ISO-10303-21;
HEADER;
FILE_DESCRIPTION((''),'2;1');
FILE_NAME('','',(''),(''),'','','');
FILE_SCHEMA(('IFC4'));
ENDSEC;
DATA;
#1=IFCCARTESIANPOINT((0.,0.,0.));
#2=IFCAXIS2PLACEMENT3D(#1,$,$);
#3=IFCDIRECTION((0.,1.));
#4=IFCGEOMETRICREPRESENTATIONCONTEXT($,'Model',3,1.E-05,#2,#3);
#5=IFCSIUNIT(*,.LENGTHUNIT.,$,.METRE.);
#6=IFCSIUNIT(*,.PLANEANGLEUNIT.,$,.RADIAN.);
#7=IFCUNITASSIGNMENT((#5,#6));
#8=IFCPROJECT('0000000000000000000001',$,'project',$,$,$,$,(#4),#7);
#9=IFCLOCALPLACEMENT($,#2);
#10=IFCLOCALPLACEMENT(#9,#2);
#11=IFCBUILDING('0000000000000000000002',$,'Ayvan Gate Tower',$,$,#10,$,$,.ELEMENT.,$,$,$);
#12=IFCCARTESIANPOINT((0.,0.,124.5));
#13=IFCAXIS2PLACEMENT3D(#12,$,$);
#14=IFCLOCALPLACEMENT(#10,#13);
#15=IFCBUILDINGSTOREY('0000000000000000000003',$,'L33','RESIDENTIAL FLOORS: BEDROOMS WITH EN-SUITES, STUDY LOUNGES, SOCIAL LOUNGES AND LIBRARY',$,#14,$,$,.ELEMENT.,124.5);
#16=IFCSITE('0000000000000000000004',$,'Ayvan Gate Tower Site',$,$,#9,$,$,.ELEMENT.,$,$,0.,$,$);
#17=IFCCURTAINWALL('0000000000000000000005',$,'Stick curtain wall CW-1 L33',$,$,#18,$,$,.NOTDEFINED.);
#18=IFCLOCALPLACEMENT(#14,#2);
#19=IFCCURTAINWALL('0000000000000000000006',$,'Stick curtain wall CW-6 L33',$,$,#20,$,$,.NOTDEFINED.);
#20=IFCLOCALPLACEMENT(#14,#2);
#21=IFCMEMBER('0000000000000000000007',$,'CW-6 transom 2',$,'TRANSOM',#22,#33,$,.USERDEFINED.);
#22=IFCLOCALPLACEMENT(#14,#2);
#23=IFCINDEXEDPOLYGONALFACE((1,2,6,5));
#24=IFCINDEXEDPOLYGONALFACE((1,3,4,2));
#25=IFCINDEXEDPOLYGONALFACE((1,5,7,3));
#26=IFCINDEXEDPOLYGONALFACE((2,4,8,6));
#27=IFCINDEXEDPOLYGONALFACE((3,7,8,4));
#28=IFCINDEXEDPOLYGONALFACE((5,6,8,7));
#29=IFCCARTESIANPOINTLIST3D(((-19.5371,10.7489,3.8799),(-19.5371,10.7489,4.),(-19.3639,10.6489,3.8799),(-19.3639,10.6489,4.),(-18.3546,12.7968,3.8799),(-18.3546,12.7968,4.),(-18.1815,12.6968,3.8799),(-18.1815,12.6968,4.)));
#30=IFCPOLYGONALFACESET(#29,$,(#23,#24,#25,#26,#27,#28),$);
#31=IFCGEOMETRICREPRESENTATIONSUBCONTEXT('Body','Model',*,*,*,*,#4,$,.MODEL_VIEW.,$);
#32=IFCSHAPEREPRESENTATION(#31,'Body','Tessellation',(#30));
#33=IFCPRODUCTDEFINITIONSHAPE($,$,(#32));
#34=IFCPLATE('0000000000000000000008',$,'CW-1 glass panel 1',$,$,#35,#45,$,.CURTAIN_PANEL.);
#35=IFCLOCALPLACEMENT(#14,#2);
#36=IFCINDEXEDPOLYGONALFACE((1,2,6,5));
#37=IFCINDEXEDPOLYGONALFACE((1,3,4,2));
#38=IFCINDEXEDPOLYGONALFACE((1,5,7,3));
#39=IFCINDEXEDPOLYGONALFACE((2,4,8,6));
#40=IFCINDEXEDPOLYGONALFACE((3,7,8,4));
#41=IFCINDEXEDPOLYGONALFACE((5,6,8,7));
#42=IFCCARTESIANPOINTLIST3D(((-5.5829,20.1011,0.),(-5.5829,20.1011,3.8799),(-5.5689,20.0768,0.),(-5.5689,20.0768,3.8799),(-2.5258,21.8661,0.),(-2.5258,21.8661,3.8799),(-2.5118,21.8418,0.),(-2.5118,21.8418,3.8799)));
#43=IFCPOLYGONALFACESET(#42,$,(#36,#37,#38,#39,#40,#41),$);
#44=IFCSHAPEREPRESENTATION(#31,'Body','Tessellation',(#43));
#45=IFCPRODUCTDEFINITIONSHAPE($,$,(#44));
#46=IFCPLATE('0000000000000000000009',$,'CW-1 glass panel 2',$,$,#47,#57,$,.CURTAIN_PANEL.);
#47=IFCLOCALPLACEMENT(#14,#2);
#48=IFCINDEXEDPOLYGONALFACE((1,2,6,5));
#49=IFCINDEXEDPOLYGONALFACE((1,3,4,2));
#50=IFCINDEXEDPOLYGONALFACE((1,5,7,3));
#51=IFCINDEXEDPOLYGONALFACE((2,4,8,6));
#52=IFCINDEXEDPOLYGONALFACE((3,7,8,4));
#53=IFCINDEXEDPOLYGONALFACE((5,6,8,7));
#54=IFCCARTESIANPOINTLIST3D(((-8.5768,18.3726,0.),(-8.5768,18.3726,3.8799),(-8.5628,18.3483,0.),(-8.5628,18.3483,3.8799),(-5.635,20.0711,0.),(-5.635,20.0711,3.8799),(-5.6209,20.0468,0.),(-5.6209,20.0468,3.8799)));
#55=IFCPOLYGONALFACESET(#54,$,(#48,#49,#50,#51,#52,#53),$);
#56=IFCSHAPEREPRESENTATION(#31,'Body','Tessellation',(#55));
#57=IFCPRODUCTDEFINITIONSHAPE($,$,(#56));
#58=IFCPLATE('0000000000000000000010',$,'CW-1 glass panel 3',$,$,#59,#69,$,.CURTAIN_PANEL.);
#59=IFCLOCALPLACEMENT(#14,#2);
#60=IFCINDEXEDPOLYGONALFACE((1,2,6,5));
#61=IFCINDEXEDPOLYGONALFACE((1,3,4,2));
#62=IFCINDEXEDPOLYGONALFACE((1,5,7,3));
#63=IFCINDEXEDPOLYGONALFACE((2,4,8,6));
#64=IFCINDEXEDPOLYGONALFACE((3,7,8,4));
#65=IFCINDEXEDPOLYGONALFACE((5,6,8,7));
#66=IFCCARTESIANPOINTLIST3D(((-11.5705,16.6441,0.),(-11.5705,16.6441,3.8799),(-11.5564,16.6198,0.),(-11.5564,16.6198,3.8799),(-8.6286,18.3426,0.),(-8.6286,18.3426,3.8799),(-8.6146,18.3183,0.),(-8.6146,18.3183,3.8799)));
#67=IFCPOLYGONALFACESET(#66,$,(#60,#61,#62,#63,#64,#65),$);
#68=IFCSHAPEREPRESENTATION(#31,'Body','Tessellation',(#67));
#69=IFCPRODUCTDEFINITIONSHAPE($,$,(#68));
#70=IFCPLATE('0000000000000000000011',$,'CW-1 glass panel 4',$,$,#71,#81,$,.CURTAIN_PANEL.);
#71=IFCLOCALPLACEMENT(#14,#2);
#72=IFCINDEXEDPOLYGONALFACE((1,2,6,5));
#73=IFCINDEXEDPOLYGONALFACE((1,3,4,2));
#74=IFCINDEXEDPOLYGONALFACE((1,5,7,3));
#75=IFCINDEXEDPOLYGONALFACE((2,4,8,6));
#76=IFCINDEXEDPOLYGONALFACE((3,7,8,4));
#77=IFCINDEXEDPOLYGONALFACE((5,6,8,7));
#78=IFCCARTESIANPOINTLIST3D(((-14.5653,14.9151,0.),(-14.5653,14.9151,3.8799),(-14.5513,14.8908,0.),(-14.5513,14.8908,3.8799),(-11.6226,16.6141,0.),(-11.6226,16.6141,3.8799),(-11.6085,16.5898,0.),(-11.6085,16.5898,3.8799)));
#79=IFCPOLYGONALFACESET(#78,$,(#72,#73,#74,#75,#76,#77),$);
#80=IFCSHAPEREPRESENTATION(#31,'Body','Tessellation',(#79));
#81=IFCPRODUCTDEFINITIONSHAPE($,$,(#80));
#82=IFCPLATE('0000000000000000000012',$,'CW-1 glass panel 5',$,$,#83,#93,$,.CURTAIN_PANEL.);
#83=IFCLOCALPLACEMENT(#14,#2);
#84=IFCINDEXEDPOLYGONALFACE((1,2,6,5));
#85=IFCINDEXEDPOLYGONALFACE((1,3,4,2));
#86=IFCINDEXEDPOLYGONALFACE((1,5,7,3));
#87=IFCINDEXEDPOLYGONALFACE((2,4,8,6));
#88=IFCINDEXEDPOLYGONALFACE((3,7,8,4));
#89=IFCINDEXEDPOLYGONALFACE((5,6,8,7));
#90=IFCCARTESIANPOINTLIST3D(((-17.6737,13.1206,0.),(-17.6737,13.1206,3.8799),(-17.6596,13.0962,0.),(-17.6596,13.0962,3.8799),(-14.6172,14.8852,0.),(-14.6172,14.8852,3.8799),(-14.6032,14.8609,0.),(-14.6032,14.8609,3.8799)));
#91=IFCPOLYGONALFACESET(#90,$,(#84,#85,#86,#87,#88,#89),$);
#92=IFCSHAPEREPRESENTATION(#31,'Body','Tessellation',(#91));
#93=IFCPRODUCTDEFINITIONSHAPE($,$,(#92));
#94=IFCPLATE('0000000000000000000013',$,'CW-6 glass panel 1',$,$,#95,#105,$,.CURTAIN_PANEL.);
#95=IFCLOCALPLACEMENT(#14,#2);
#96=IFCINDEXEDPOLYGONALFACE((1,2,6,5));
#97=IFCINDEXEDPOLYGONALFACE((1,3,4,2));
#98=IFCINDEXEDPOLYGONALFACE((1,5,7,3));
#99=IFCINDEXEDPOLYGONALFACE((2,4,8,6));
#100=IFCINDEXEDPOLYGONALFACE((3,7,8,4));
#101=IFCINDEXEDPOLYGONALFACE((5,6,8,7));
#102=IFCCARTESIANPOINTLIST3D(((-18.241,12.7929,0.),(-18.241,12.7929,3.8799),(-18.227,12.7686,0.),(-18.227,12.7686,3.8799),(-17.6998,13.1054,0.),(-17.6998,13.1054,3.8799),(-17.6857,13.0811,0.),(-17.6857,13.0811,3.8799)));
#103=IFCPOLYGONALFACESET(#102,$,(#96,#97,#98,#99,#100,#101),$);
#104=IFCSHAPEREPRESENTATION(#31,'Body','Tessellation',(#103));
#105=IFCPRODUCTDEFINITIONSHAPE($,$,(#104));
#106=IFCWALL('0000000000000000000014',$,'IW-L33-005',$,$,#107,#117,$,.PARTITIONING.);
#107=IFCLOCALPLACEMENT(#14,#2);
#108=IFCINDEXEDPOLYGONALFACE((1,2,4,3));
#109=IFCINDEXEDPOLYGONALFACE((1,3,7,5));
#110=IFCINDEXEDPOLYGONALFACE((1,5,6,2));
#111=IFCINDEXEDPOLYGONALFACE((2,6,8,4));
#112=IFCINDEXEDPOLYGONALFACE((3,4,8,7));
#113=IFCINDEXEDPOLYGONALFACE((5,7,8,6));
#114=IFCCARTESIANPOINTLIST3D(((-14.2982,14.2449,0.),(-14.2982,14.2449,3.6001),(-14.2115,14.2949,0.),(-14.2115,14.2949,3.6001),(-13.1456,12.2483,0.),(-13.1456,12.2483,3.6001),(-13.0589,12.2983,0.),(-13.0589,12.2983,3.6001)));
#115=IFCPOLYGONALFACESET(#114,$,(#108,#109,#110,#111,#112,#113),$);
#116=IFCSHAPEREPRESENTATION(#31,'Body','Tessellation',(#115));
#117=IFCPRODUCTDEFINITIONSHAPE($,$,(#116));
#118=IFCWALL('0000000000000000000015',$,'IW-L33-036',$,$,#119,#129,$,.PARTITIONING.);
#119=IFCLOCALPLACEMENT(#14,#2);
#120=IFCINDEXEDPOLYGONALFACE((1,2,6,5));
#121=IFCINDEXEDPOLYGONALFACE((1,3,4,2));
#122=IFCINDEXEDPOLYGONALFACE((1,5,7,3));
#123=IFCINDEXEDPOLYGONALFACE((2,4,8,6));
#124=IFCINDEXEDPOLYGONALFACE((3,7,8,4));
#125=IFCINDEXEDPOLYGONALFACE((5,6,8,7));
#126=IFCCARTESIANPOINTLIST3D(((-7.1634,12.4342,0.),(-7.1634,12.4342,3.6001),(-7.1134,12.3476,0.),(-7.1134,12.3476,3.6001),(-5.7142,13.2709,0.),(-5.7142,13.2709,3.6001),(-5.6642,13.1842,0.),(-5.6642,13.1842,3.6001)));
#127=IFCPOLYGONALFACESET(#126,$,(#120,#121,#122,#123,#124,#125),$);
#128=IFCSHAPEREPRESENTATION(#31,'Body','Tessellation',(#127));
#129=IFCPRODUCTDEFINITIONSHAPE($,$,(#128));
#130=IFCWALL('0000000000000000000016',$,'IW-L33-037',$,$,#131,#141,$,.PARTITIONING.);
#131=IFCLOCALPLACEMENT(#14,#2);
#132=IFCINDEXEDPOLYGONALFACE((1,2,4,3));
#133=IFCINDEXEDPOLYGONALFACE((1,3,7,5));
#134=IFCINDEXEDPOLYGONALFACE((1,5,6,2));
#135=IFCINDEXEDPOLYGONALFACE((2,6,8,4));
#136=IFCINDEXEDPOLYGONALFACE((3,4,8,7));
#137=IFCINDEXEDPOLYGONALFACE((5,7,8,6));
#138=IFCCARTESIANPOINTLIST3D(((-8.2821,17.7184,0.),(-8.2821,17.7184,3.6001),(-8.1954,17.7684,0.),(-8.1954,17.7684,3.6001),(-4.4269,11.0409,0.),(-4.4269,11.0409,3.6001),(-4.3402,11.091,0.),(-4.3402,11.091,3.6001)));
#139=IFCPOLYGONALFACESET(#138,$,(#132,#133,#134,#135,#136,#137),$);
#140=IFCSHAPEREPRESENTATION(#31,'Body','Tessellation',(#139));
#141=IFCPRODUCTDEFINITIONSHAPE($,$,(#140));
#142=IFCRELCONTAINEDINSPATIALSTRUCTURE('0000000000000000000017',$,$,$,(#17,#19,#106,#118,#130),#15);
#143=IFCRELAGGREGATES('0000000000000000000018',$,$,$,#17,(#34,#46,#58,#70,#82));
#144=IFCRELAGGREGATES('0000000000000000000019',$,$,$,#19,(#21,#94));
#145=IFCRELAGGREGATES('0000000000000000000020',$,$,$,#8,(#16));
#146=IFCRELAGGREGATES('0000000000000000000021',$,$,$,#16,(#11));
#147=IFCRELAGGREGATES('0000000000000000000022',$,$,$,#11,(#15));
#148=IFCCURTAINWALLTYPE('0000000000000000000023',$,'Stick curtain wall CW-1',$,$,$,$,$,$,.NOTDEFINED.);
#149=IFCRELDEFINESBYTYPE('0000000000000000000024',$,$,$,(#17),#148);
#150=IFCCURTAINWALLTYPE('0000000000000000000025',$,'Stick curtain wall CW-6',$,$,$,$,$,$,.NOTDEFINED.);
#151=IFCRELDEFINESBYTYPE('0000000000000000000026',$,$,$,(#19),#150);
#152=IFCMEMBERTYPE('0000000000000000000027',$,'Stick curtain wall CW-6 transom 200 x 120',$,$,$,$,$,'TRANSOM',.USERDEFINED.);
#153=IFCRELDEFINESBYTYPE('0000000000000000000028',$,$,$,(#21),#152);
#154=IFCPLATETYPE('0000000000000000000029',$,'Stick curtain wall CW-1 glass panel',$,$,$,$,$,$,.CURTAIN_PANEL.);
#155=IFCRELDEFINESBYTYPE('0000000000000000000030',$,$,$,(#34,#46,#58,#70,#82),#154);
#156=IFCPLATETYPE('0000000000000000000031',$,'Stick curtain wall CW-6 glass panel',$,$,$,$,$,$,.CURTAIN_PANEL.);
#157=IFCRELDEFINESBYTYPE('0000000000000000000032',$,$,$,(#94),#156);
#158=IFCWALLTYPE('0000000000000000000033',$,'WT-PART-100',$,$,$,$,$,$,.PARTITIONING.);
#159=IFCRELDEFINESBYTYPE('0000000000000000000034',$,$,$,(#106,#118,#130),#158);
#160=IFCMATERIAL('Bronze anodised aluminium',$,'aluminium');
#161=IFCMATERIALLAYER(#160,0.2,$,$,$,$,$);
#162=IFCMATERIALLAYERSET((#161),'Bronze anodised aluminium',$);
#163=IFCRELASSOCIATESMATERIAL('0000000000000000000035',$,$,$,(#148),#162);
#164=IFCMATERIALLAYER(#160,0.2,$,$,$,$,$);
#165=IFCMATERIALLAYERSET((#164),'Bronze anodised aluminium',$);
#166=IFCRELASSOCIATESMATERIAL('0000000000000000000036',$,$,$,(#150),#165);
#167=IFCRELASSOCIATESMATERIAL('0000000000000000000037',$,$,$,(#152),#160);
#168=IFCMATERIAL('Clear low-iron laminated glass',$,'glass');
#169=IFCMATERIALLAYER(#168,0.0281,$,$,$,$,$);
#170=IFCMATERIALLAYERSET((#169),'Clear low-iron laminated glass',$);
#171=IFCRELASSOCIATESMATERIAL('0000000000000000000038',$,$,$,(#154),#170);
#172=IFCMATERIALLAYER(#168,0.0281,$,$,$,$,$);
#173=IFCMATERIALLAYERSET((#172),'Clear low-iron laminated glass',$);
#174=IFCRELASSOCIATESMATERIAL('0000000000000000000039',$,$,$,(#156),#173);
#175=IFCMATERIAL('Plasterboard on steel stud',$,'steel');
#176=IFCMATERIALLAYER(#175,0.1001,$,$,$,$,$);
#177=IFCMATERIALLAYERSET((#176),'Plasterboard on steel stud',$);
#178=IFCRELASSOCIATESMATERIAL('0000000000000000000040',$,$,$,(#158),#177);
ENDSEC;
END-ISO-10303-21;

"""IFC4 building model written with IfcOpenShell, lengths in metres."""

from ifc_helpers import new_model, si_unit, direction, frame, frame_2d, origin, origin_2d, place, context, subcontext, project, spatial, rectangle, extrude, material, layer, layer_set, material_profile, profile_set, type_object, element, aggregate, save


model = new_model("IFC4")

# Units and contexts
model_context = context("Model", 3, precision=1e-05, world=origin(), true_north=direction((0.0, 1.0)))
body_context = subcontext(model_context, "Body", "Model", "MODEL_VIEW")
ifc_project = project(units=[si_unit("LENGTHUNIT", "METRE"), si_unit("PLANEANGLEUNIT", "RADIAN")], contexts=[model_context])

# Site, building, storey
site_placement = place(None, origin())
site = spatial("IfcSite", under=ifc_project, at=site_placement, Name="Ayvan Gate Tower Site", CompositionType="ELEMENT", RefElevation=0.0)
building_placement = place(site_placement, origin())
building = spatial("IfcBuilding", under=site, at=building_placement, Name="Ayvan Gate Tower", CompositionType="ELEMENT")
storey_placement = place(building_placement, frame((0.0, 0.0, 124.5)))
storey = spatial("IfcBuildingStorey", under=building, at=storey_placement, Name="L33", Description="RESIDENTIAL FLOORS: BEDROOMS WITH EN-SUITES, STUDY LOUNGES, SOCIAL LOUNGES AND LIBRARY", CompositionType="ELEMENT", Elevation=124.5)

# Curtain walls, member
ifc_material_1 = material(Name="Bronze anodised aluminium", Category="aluminium")
ifc_layer_1 = layer(ifc_material_1, 0.2)
ifc_layer_set_1 = layer_set([ifc_layer_1], Name="Bronze anodised aluminium")
curtain_wall_type_1 = type_object("IfcCurtainWallType", Name="Stick curtain wall CW-1", PredefinedType="NOTDEFINED", material=ifc_layer_set_1)
curtain_wall_1_placement = place(storey_placement, origin())
curtain_wall_1 = element("IfcCurtainWall", 1, at=curtain_wall_1_placement, inside=storey, type_object=curtain_wall_type_1, Name="Stick curtain wall CW-1 L33", PredefinedType="NOTDEFINED")
ifc_layer_2 = layer(ifc_material_1, 0.2)
ifc_layer_set_2 = layer_set([ifc_layer_2], Name="Bronze anodised aluminium")
curtain_wall_type_2 = type_object("IfcCurtainWallType", Name="Stick curtain wall CW-6", PredefinedType="NOTDEFINED", material=ifc_layer_set_2)
curtain_wall_2_placement = place(storey_placement, origin())
curtain_wall_2 = element("IfcCurtainWall", 2, at=curtain_wall_2_placement, inside=storey, type_object=curtain_wall_type_2, Name="Stick curtain wall CW-6 L33", PredefinedType="NOTDEFINED")
ifc_material_profile_1 = material_profile(ifc_material_1, rectangle(XDim=0.2, YDim=0.1201, at=origin_2d()), Name="Stick curtain wall CW-6 transom 200 x 120")
ifc_profile_set_1 = profile_set([ifc_material_profile_1], Name="Bronze anodised aluminium")
member_type_1 = type_object("IfcMemberType", Name="Stick curtain wall CW-6 transom 200 x 120", ElementType="TRANSOM", PredefinedType="USERDEFINED", material=ifc_profile_set_1)
member_1_placement = place(storey_placement, frame((-18.2681, 12.7468, 3.9399), z_axis=(-0.500014, -0.866017, 0.0), x_axis=(0.866017, -0.500014, 0.0)))
member_1 = element("IfcMember", 3, at=member_1_placement, type_object=member_type_1, Name="CW-6 transom 2", ObjectType="TRANSOM", PredefinedType="USERDEFINED", context=body_context, shape_type="SweptSolid", body=[
    extrude(rectangle(XDim=0.2, YDim=0.1201, at=origin_2d()), origin(), (0.0, 0.0, 1.0), 2.3647),
])

# Plates
ifc_material_2 = material(Name="Clear low-iron laminated glass", Category="glass")
ifc_layer_3 = layer(ifc_material_2, 0.0281)
ifc_layer_set_3 = layer_set([ifc_layer_3], Name="Clear low-iron laminated glass")
plate_type_1 = type_object("IfcPlateType", Name="Stick curtain wall CW-1 glass panel", PredefinedType="CURTAIN_PANEL", material=ifc_layer_set_3)
plate_1_placement = place(storey_placement, frame((-4.0474, 20.9714, 0.0), z_axis=(0.0, 0.0, 1.0), x_axis=(-0.866025, -0.5, 0.0)))
plate_1 = element("IfcPlate", 4, at=plate_1_placement, type_object=plate_type_1, Name="CW-1 glass panel 1", PredefinedType="CURTAIN_PANEL", context=body_context, shape_type="SweptSolid", body=[
    extrude(rectangle(XDim=3.53, YDim=0.0281, at=origin_2d()), origin(), (0.0, 0.0, 1.0), 3.8799),
])
plate_2_placement = place(storey_placement, frame((-7.0989, 19.2097, 0.0), z_axis=(0.0, 0.0, 1.0), x_axis=(-0.866025, -0.5, 0.0)))
plate_2 = element("IfcPlate", 5, at=plate_2_placement, type_object=plate_type_1, Name="CW-1 glass panel 2", PredefinedType="CURTAIN_PANEL", context=body_context, shape_type="SweptSolid", body=[
    extrude(rectangle(XDim=3.397, YDim=0.0281, at=origin_2d()), origin(), (0.0, 0.0, 1.0), 3.8799),
])
plate_3_placement = place(storey_placement, frame((-10.0925, 17.4812, 0.0), z_axis=(0.0, 0.0, 1.0), x_axis=(-0.866025, -0.5, 0.0)))
plate_3 = element("IfcPlate", 6, at=plate_3_placement, type_object=plate_type_1, Name="CW-1 glass panel 3", PredefinedType="CURTAIN_PANEL", context=body_context, shape_type="SweptSolid", body=[
    extrude(rectangle(XDim=3.397, YDim=0.0281, at=origin_2d()), origin(), (0.0, 0.0, 1.0), 3.8799),
])
plate_4_placement = place(storey_placement, frame((-13.0869, 15.7524, 0.0), z_axis=(0.0, 0.0, 1.0), x_axis=(-0.866025, -0.5, 0.0)))
plate_4 = element("IfcPlate", 7, at=plate_4_placement, type_object=plate_type_1, Name="CW-1 glass panel 4", PredefinedType="CURTAIN_PANEL", context=body_context, shape_type="SweptSolid", body=[
    extrude(rectangle(XDim=3.3979, YDim=0.0281, at=origin_2d()), origin(), (0.0, 0.0, 1.0), 3.8799),
])
plate_5_placement = place(storey_placement, frame((-16.1384, 13.9907, 0.0), z_axis=(0.0, 0.0, 1.0), x_axis=(-0.866025, -0.5, 0.0)))
plate_5 = element("IfcPlate", 8, at=plate_5_placement, type_object=plate_type_1, Name="CW-1 glass panel 5", PredefinedType="CURTAIN_PANEL", context=body_context, shape_type="SweptSolid", body=[
    extrude(rectangle(XDim=3.5293, YDim=0.0281, at=origin_2d()), origin(), (0.0, 0.0, 1.0), 3.8799),
])
aggregate(curtain_wall_1, [plate_1, plate_2, plate_3, plate_4, plate_5])
ifc_layer_4 = layer(ifc_material_2, 0.0281)
ifc_layer_set_4 = layer_set([ifc_layer_4], Name="Clear low-iron laminated glass")
plate_type_2 = type_object("IfcPlateType", Name="Stick curtain wall CW-6 glass panel", PredefinedType="CURTAIN_PANEL", material=ifc_layer_set_4)
plate_6_placement = place(storey_placement, frame((-17.9634, 12.937, 0.0), z_axis=(0.0, 0.0, 1.0), x_axis=(-0.866025, -0.5, 0.0)))
plate_6 = element("IfcPlate", 9, at=plate_6_placement, type_object=plate_type_2, Name="CW-6 glass panel 1", PredefinedType="CURTAIN_PANEL", context=body_context, shape_type="SweptSolid", body=[
    extrude(rectangle(XDim=0.625, YDim=0.0281, at=origin_2d()), origin(), (0.0, 0.0, 1.0), 3.8799),
])
aggregate(curtain_wall_2, [member_1, plate_6])

# Walls
ifc_material_3 = material(Name="Plasterboard on steel stud", Category="steel")
ifc_layer_5 = layer(ifc_material_3, 0.1001)
ifc_layer_set_5 = layer_set([ifc_layer_5], Name="Plasterboard on steel stud")
wall_type = type_object("IfcWallType", Name="WT-PART-100", PredefinedType="PARTITIONING", material=ifc_layer_set_5)
wall_1_placement = place(storey_placement, frame((-14.2549, 14.27, 0.0), z_axis=(0.0, 0.0, 1.0), x_axis=(0.499955, -0.866052, 0.0)))
element("IfcWall", 10, at=wall_1_placement, inside=storey, type_object=wall_type, Name="IW-L33-005", PredefinedType="PARTITIONING", context=body_context, shape_type="SweptSolid", body=[
    extrude(rectangle(XDim=2.3054, YDim=0.1001, at=frame_2d((1.1528, 0.0))), origin(), (0.0, 0.0, 1.0), 3.6001),
])
wall_2_placement = place(storey_placement, frame((-5.6892, 13.2275, 0.0), z_axis=(0.0, 0.0, 1.0), x_axis=(-0.866035, -0.499983, 0.0)))
element("IfcWall", 11, at=wall_2_placement, inside=storey, type_object=wall_type, Name="IW-L33-036", PredefinedType="PARTITIONING", context=body_context, shape_type="SweptSolid", body=[
    extrude(rectangle(XDim=1.6733, YDim=0.1001, at=frame_2d((0.8367, 0.0))), origin(), (0.0, 0.0, 1.0), 3.6001),
])
wall_3_placement = place(storey_placement, frame((-8.2388, 17.7434, 0.0), z_axis=(0.0, 0.0, 1.0), x_axis=(0.499997, -0.866027, 0.0)))
element("IfcWall", 12, at=wall_3_placement, inside=storey, type_object=wall_type, Name="IW-L33-037", PredefinedType="PARTITIONING", context=body_context, shape_type="SweptSolid", body=[
    extrude(rectangle(XDim=7.7104, YDim=0.1001, at=frame_2d((3.8552, 0.0))), origin(), (0.0, 0.0, 1.0), 3.6001),
])

save(model, "model.ifc")
